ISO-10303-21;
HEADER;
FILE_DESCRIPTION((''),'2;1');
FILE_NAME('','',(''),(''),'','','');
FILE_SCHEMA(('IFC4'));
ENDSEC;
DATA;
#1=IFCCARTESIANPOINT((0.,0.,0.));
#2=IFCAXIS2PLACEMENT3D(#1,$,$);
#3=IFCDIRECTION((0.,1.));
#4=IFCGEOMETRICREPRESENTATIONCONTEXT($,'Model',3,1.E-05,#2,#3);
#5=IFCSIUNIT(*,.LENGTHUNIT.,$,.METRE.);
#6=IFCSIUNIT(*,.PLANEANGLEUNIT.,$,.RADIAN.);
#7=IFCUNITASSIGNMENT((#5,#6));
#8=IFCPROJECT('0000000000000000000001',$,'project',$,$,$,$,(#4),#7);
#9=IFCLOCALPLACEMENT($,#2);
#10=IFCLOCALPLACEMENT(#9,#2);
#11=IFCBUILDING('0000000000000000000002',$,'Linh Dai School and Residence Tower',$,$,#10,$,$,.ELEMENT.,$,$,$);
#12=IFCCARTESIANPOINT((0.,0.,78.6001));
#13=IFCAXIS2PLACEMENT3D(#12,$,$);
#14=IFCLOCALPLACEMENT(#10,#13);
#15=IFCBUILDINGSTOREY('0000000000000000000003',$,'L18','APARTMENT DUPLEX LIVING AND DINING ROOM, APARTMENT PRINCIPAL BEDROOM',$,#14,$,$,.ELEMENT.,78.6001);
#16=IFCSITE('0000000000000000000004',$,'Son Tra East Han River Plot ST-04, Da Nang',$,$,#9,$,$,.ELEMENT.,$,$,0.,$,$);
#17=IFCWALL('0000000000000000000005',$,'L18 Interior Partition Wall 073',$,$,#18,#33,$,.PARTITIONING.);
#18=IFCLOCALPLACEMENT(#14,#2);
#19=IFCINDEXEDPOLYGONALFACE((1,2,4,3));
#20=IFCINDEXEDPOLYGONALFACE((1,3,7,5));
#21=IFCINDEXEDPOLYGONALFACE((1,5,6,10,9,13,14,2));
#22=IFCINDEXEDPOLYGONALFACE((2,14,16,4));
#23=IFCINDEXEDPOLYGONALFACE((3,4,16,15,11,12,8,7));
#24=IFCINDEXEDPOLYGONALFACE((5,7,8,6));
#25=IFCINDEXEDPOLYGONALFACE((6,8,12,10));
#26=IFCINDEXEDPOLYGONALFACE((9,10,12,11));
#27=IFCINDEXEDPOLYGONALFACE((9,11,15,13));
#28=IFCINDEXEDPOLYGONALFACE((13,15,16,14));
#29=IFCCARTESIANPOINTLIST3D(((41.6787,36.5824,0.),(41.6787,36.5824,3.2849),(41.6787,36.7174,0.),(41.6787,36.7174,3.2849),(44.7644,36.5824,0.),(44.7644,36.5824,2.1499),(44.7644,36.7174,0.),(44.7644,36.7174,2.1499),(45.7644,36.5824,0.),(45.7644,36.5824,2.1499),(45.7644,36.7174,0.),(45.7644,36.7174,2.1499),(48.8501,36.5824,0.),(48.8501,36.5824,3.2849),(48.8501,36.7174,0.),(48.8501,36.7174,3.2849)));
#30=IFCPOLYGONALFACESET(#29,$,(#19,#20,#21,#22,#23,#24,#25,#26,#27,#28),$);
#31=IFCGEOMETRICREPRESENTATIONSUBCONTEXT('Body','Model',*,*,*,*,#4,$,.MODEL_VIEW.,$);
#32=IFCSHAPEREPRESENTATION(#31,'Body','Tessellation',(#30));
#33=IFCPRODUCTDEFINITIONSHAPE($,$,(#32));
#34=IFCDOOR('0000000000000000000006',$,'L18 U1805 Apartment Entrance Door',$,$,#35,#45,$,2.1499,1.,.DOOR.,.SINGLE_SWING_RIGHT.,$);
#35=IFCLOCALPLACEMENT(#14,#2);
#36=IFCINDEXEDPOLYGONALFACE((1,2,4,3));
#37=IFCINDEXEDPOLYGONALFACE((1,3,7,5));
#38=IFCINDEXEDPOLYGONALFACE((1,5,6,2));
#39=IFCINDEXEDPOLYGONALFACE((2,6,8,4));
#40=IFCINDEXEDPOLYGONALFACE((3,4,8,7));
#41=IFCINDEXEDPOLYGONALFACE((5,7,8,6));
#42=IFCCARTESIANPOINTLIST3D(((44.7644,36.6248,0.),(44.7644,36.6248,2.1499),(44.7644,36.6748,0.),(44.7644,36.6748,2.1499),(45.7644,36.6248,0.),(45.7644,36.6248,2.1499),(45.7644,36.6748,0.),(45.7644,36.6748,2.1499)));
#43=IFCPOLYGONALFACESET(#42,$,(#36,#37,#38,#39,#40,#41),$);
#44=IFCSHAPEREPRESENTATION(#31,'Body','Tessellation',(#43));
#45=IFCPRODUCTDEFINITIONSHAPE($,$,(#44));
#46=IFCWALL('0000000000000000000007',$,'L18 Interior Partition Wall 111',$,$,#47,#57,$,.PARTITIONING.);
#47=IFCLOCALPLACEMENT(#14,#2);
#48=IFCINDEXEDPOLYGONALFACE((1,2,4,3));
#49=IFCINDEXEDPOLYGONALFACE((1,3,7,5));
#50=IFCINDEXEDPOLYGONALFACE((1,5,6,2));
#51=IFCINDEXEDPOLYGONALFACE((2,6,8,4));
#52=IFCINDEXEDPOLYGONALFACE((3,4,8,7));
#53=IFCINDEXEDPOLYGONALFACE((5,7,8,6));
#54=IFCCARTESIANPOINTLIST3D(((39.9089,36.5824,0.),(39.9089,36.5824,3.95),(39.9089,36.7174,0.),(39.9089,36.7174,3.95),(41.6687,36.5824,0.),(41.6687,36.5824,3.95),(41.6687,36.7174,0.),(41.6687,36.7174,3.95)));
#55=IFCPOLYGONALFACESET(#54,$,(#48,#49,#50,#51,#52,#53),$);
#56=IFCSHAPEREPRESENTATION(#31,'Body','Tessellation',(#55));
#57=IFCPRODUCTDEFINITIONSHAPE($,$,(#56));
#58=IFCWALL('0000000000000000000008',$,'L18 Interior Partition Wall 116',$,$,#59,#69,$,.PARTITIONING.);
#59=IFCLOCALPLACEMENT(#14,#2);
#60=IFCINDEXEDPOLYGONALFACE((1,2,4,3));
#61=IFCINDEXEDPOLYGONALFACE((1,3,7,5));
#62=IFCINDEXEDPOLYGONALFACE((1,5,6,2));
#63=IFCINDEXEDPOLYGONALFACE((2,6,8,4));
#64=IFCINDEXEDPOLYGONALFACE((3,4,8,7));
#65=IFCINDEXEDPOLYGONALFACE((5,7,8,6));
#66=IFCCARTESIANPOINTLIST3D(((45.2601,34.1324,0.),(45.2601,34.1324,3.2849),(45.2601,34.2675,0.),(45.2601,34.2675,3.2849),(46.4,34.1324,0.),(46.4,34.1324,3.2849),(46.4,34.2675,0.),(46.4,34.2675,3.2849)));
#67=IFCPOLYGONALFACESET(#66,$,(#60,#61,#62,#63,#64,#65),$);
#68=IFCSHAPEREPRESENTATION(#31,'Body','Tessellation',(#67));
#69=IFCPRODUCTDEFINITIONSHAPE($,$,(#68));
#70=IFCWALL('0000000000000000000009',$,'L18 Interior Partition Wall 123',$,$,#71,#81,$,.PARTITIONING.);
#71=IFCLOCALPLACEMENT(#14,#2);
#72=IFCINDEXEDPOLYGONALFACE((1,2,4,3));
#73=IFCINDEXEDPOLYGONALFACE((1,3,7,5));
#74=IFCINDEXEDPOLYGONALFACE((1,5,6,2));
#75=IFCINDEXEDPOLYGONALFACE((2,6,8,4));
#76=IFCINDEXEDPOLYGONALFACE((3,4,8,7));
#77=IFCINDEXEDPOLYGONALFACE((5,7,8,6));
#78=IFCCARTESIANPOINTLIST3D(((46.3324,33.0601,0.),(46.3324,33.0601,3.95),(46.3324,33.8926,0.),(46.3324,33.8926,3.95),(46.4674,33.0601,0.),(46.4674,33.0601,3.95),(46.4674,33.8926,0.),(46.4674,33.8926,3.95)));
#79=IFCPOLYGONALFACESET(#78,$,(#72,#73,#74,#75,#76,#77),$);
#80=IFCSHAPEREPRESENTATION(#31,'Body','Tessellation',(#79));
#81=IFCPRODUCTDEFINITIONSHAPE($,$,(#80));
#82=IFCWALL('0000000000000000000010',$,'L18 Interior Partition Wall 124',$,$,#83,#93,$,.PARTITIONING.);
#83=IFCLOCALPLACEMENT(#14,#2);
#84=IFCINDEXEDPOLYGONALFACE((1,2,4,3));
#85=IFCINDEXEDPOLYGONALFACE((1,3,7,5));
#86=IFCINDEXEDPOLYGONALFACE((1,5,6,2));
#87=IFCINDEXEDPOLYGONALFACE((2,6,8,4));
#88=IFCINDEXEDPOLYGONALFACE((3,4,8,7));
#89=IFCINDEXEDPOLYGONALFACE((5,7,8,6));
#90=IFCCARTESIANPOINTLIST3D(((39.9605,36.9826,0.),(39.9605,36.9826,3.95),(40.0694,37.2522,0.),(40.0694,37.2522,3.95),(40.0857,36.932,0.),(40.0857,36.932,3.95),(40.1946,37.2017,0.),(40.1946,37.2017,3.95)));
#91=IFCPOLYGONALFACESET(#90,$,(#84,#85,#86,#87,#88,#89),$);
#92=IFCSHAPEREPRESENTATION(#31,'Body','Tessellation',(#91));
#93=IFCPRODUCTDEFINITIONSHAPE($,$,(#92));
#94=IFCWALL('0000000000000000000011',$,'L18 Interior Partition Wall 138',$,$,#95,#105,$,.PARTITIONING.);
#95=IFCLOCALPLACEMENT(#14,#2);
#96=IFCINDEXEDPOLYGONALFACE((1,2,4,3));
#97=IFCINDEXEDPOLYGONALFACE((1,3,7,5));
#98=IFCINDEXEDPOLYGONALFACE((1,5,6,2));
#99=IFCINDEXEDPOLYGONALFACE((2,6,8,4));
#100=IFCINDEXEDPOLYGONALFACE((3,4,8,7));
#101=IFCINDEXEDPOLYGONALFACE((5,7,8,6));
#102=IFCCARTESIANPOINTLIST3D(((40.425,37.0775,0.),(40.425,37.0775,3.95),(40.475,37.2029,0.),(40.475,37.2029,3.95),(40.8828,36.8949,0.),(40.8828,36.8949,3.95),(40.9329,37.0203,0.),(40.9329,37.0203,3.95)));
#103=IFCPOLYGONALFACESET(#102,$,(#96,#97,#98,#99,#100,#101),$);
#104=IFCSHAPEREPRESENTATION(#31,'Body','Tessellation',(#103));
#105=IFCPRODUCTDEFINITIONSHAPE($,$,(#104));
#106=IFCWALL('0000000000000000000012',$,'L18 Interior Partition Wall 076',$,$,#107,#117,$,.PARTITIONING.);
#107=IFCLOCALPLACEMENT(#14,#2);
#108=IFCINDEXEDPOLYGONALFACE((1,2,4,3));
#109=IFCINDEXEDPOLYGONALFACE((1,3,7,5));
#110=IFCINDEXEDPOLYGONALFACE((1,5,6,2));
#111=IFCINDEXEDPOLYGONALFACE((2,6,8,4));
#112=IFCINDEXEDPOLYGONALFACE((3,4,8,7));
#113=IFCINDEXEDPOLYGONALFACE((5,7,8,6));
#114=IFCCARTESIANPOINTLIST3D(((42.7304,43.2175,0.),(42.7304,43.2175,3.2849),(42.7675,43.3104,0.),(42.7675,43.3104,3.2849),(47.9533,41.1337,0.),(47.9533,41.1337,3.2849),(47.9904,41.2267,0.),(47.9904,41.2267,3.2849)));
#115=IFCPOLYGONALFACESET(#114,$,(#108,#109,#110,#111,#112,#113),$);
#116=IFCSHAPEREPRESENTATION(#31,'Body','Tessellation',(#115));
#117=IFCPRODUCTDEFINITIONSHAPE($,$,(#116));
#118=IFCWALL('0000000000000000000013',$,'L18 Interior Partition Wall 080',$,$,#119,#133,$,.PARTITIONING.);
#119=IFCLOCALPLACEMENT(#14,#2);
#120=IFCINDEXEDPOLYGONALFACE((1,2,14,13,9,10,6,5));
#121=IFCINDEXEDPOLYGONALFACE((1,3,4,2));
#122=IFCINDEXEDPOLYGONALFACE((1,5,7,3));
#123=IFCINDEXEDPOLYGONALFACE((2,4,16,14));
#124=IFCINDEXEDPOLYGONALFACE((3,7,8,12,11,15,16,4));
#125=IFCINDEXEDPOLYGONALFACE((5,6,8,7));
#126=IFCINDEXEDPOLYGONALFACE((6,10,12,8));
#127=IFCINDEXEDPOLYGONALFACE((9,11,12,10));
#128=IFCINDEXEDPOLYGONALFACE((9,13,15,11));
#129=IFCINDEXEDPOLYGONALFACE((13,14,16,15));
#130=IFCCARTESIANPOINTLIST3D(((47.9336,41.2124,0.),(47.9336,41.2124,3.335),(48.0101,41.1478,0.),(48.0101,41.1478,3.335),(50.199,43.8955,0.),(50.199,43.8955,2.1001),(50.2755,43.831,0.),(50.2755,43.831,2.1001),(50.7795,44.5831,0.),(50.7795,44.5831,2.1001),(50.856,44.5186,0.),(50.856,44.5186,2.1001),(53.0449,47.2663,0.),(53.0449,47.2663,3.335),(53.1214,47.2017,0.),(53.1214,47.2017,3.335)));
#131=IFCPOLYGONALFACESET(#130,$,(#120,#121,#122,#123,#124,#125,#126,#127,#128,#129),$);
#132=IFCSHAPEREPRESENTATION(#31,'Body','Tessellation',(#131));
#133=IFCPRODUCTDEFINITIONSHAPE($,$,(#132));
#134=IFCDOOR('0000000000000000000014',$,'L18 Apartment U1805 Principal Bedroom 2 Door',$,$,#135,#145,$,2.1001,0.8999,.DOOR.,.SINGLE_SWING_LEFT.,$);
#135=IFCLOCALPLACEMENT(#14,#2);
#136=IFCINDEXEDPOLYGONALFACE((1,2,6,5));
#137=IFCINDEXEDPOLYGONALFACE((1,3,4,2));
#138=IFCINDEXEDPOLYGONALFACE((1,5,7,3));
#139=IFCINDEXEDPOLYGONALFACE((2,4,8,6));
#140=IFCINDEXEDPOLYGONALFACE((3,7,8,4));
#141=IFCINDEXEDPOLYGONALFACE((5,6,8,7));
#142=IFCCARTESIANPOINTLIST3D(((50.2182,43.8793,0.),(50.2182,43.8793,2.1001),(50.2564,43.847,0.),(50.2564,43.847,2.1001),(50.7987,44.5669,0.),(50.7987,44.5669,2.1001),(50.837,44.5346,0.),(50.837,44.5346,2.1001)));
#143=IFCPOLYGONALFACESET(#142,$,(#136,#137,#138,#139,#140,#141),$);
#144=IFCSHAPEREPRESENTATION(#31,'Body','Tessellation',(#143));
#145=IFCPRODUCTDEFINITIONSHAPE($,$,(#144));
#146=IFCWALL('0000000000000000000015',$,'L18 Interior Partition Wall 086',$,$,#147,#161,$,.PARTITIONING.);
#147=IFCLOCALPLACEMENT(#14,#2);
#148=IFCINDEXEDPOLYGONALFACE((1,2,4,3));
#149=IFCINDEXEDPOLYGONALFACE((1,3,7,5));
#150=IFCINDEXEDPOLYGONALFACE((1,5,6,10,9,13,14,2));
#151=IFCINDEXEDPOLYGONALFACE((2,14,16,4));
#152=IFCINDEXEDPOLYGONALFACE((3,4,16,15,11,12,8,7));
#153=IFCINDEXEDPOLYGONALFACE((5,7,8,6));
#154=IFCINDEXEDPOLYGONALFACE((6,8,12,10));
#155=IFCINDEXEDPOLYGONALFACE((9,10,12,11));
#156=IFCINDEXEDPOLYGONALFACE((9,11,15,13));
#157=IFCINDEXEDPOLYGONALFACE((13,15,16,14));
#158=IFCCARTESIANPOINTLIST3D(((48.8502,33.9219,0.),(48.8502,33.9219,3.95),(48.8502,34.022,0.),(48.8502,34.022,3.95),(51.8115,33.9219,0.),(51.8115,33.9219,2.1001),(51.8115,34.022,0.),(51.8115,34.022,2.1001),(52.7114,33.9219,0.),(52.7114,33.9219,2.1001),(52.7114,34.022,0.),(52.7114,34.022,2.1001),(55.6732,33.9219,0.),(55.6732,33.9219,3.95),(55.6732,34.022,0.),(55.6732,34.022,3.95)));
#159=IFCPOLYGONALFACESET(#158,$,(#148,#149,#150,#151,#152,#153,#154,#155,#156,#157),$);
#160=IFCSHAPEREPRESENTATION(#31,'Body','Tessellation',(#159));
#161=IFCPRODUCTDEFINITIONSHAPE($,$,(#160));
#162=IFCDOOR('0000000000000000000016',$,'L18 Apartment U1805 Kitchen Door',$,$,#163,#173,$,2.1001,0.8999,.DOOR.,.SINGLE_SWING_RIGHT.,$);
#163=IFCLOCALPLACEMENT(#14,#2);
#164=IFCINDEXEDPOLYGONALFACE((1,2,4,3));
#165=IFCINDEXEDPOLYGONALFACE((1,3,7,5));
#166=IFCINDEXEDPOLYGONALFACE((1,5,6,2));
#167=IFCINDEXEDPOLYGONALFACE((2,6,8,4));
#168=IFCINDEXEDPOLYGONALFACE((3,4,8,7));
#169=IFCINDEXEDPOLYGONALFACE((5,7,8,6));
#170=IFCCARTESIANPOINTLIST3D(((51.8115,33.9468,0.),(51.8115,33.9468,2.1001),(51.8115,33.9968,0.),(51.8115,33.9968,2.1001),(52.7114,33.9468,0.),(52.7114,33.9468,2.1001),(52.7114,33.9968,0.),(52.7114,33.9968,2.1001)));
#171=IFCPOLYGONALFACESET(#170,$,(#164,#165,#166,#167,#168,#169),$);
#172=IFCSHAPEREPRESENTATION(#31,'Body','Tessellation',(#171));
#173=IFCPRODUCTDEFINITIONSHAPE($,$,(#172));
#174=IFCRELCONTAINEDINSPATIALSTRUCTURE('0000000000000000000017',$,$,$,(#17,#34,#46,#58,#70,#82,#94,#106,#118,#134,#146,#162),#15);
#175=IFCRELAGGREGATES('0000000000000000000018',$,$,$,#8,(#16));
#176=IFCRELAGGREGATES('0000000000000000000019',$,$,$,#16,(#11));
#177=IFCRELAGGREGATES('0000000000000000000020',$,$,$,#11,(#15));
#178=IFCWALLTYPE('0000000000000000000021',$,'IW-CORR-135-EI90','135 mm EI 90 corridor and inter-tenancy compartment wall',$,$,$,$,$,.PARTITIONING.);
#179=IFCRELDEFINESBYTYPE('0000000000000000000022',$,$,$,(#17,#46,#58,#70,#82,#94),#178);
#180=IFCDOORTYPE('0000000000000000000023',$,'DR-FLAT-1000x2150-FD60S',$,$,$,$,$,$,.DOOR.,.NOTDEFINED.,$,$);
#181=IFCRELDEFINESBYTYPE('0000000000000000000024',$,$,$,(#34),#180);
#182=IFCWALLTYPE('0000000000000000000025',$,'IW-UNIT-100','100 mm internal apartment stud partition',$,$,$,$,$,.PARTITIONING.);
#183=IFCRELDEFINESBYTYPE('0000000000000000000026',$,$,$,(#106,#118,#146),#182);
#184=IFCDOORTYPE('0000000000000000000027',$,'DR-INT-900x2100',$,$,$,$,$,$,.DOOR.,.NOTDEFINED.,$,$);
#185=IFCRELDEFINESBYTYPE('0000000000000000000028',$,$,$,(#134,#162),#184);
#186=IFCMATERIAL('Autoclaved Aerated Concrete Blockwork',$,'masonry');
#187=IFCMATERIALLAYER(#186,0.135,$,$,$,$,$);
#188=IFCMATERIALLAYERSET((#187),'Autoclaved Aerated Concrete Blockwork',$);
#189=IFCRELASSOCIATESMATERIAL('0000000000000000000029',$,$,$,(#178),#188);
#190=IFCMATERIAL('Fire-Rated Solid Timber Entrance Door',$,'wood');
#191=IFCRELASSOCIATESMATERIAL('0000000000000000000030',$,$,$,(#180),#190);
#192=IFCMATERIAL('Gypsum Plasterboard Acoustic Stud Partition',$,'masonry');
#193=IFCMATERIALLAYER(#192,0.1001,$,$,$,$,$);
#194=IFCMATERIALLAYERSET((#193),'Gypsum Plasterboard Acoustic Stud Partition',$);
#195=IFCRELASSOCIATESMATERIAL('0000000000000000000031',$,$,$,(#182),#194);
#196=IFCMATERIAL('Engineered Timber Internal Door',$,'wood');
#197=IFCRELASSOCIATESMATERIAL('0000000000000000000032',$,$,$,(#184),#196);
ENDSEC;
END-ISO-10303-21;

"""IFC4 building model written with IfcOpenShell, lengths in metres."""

from ifc_helpers import new_model, si_unit, direction, frame, frame_2d, origin, origin_2d, place, context, subcontext, project, spatial, rectangle, extrude, source, transform, mapped, material, layer, layer_set, type_object, element, fill, save


model = new_model("IFC4")

# Units and contexts
model_context = context("Model", 3, precision=1e-05, world=origin(), true_north=direction((0.0, 1.0)))
body_context = subcontext(model_context, "Body", "Model", "MODEL_VIEW")
ifc_project = project(units=[si_unit("LENGTHUNIT", "METRE"), si_unit("PLANEANGLEUNIT", "RADIAN")], contexts=[model_context])

# Site, building, storey
site_placement = place(None, origin())
site = spatial("IfcSite", under=ifc_project, at=site_placement, Name="Son Tra East Han River Plot ST-04, Da Nang", CompositionType="ELEMENT", RefElevation=0.0)
building_placement = place(site_placement, origin())
building = spatial("IfcBuilding", under=site, at=building_placement, Name="Linh Dai School and Residence Tower", CompositionType="ELEMENT")
storey_placement = place(building_placement, frame((0.0, 0.0, 78.6001)))
storey = spatial("IfcBuildingStorey", under=building, at=storey_placement, Name="L18", Description="APARTMENT DUPLEX LIVING AND DINING ROOM, APARTMENT PRINCIPAL BEDROOM", CompositionType="ELEMENT", Elevation=78.6001)

# Shared definitions
ifc_material_1 = material(Name="Autoclaved Aerated Concrete Blockwork", Category="masonry")
ifc_layer_1 = layer(ifc_material_1, 0.135)
ifc_layer_set_1 = layer_set([ifc_layer_1], Name="Autoclaved Aerated Concrete Blockwork")
wall_type_1 = type_object("IfcWallType", Name="IW-CORR-135-EI90", Description="135 mm EI 90 corridor and inter-tenancy compartment wall", PredefinedType="PARTITIONING", material=ifc_layer_set_1)

# Wall, opening, door
wall_1_placement = place(storey_placement, frame((41.6787, 36.6499, 0.0), z_axis=(0.0, 0.0, 1.0), x_axis=(1.0, 0.0, 0.0)))
wall_1 = element("IfcWall", 1, at=wall_1_placement, inside=storey, type_object=wall_type_1, Name="L18 Interior Partition Wall 073", PredefinedType="PARTITIONING", context=body_context, shape_type="SweptSolid", body=[
    extrude(rectangle(XDim=7.1714, YDim=0.135, at=frame_2d((3.5857, 0.0))), origin(), (0.0, 0.0, 1.0), 3.2849),
])
opening_1_placement = place(wall_1_placement, frame((3.0857, 0.0, 0.0)))
opening_1 = element("IfcOpeningElement", 2, at=opening_1_placement, cuts=wall_1, PredefinedType="OPENING", context=body_context, shape_type="SweptSolid", body=[
    extrude(rectangle(XDim=1.0, YDim=2.1499, at=origin_2d()), frame((0.5, 0.0776, 1.075), z_axis=(0.0, -1.0, 0.0), x_axis=(1.0, 0.0, 0.0)), (0.0, 0.0, 1.0), 0.155),
])
ifc_material_2 = material(Name="Fire-Rated Solid Timber Entrance Door", Category="wood")
door_type_1 = type_object("IfcDoorType", Name="DR-FLAT-1000x2150-FD60S", OperationType="NOTDEFINED", PredefinedType="DOOR", material=ifc_material_2)
shared_shape_1 = source(origin(), body_context, "Body", "SweptSolid", [
    extrude(rectangle(XDim=1.0, YDim=2.1499, at=origin_2d()), frame((0.5, 0.0249, 1.075), z_axis=(0.0, -1.0, 0.0), x_axis=(1.0, 0.0, 0.0)), (0.0, 0.0, 1.0), 0.05),
])
door_1_placement = place(opening_1_placement, origin())
door_1 = element("IfcDoor", 3, at=door_1_placement, inside=storey, type_object=door_type_1, Name="L18 U1805 Apartment Entrance Door", OperationType="SINGLE_SWING_RIGHT", OverallHeight=2.1499, OverallWidth=1.0, PredefinedType="DOOR", context=body_context, shape_type="MappedRepresentation", body=[
    mapped(shared_shape_1, transform((0.0, 0.0, 0.0), x_axis=(1.0, 0.0, 0.0), y_axis=(0.0, 1.0, 0.0), z_axis=(0.0, 0.0, 1.0), scale=1.0)),
])
fill(opening_1, door_1)

# Walls
wall_2_placement = place(storey_placement, frame((39.9089, 36.6499, 0.0), z_axis=(0.0, 0.0, 1.0), x_axis=(1.0, 0.0, 0.0)))
element("IfcWall", 4, at=wall_2_placement, inside=storey, type_object=wall_type_1, Name="L18 Interior Partition Wall 111", PredefinedType="PARTITIONING", context=body_context, shape_type="SweptSolid", body=[
    extrude(rectangle(XDim=1.7598, YDim=0.135, at=frame_2d((0.8799, 0.0))), origin(), (0.0, 0.0, 1.0), 3.95),
])
wall_3_placement = place(storey_placement, frame((46.3999, 34.2, 0.0), z_axis=(0.0, 0.0, 1.0), x_axis=(-1.0, 0.0, 0.0)))
element("IfcWall", 5, at=wall_3_placement, inside=storey, type_object=wall_type_1, Name="L18 Interior Partition Wall 116", PredefinedType="PARTITIONING", context=body_context, shape_type="SweptSolid", body=[
    extrude(rectangle(XDim=1.1399, YDim=0.135, at=frame_2d((0.5698, 0.0))), origin(), (0.0, 0.0, 1.0), 3.2849),
])
wall_4_placement = place(storey_placement, frame((46.3999, 33.0601, 0.0), z_axis=(0.0, 0.0, 1.0), x_axis=(0.0, 1.0, 0.0)))
element("IfcWall", 6, at=wall_4_placement, inside=storey, type_object=wall_type_1, Name="L18 Interior Partition Wall 123", PredefinedType="PARTITIONING", context=body_context, shape_type="SweptSolid", body=[
    extrude(rectangle(XDim=0.8325, YDim=0.135, at=frame_2d((0.4163, 0.0))), origin(), (0.0, 0.0, 1.0), 3.95),
])
wall_5_placement = place(storey_placement, frame((40.1321, 37.2271, 0.0), z_axis=(0.0, 0.0, 1.0), x_axis=(-0.374574, -0.927197, 0.0)))
element("IfcWall", 7, at=wall_5_placement, inside=storey, type_object=wall_type_1, Name="L18 Interior Partition Wall 124", PredefinedType="PARTITIONING", context=body_context, shape_type="SweptSolid", body=[
    extrude(rectangle(XDim=0.2908, YDim=0.135, at=frame_2d((0.1455, 0.0))), origin(), (0.0, 0.0, 1.0), 3.95),
])
wall_6_placement = place(storey_placement, frame((40.908, 36.9575, 0.0), z_axis=(0.0, 0.0, 1.0), x_axis=(-0.928818, 0.370536, 0.0)))
element("IfcWall", 8, at=wall_6_placement, inside=storey, type_object=wall_type_1, Name="L18 Interior Partition Wall 138", PredefinedType="PARTITIONING", context=body_context, shape_type="SweptSolid", body=[
    extrude(rectangle(XDim=0.4929, YDim=0.135, at=frame_2d((0.2466, 0.0))), origin(), (0.0, 0.0, 1.0), 3.95),
])
ifc_material_3 = material(Name="Gypsum Plasterboard Acoustic Stud Partition", Category="masonry")
ifc_layer_2 = layer(ifc_material_3, 0.1001)
ifc_layer_set_2 = layer_set([ifc_layer_2], Name="Gypsum Plasterboard Acoustic Stud Partition")
wall_type_2 = type_object("IfcWallType", Name="IW-UNIT-100", Description="100 mm internal apartment stud partition", PredefinedType="PARTITIONING", material=ifc_layer_set_2)
wall_7_placement = place(storey_placement, frame((42.749, 43.2639, 0.0), z_axis=(0.0, 0.0, 1.0), x_axis=(0.928809, -0.37056, 0.0)))
element("IfcWall", 9, at=wall_7_placement, inside=storey, type_object=wall_type_2, Name="L18 Interior Partition Wall 076", PredefinedType="PARTITIONING", context=body_context, shape_type="SweptSolid", body=[
    extrude(rectangle(XDim=5.6233, YDim=0.1001, at=frame_2d((2.8115, 0.0))), origin(), (0.0, 0.0, 1.0), 3.2849),
])

# Walls, openings, doors
wall_8_placement = place(storey_placement, frame((47.9719, 41.1802, 0.0), z_axis=(0.0, 0.0, 1.0), x_axis=(0.645114, 0.764086, 0.0)))
wall_8 = element("IfcWall", 10, at=wall_8_placement, inside=storey, type_object=wall_type_2, Name="L18 Interior Partition Wall 080", PredefinedType="PARTITIONING", context=body_context, shape_type="SweptSolid", body=[
    extrude(rectangle(XDim=7.9231, YDim=0.1001, at=frame_2d((3.9614, 0.0))), origin(), (0.0, 0.0, 1.0), 3.335),
])
opening_2_placement = place(wall_8_placement, frame((3.5115, 0.0, 0.0)))
opening_2 = element("IfcOpeningElement", 11, at=opening_2_placement, cuts=wall_8, PredefinedType="OPENING", context=body_context, shape_type="SweptSolid", body=[
    extrude(rectangle(XDim=0.8999, YDim=2.1001, at=origin_2d()), frame((0.45, 0.0601, 1.05), z_axis=(0.0, -1.0, 0.0), x_axis=(1.0, 0.0, 0.0)), (0.0, 0.0, 1.0), 0.1201),
])
ifc_material_4 = material(Name="Engineered Timber Internal Door", Category="wood")
door_type_2 = type_object("IfcDoorType", Name="DR-INT-900x2100", OperationType="NOTDEFINED", PredefinedType="DOOR", material=ifc_material_4)
shared_shape_2 = source(origin(), body_context, "Body", "SweptSolid", [
    extrude(rectangle(XDim=0.8999, YDim=2.1001, at=origin_2d()), frame((0.45, 0.0249, 1.05), z_axis=(0.0, -1.0, 0.0), x_axis=(1.0, 0.0, 0.0)), (0.0, 0.0, 1.0), 0.05),
])
door_2_placement = place(opening_2_placement, origin())
door_2 = element("IfcDoor", 12, at=door_2_placement, inside=storey, type_object=door_type_2, Name="L18 Apartment U1805 Principal Bedroom 2 Door", OperationType="SINGLE_SWING_LEFT", OverallHeight=2.1001, OverallWidth=0.8999, PredefinedType="DOOR", context=body_context, shape_type="MappedRepresentation", body=[
    mapped(shared_shape_2, transform((0.0, 0.0, 0.0), x_axis=(1.0, 0.0, 0.0), y_axis=(0.0, 1.0, 0.0), z_axis=(0.0, 0.0, 1.0), scale=1.0)),
])
fill(opening_2, door_2)
wall_9_placement = place(storey_placement, frame((48.8501, 33.9719, 0.0), z_axis=(0.0, 0.0, 1.0), x_axis=(1.0, 0.0, 0.0)))
wall_9 = element("IfcWall", 13, at=wall_9_placement, inside=storey, type_object=wall_type_2, Name="L18 Interior Partition Wall 086", PredefinedType="PARTITIONING", context=body_context, shape_type="SweptSolid", body=[
    extrude(rectangle(XDim=6.823, YDim=0.1001, at=frame_2d((3.4116, 0.0))), origin(), (0.0, 0.0, 1.0), 3.95),
])
opening_3_placement = place(wall_9_placement, frame((2.9614, 0.0, 0.0)))
opening_3 = element("IfcOpeningElement", 14, at=opening_3_placement, cuts=wall_9, PredefinedType="OPENING", context=body_context, shape_type="SweptSolid", body=[
    extrude(rectangle(XDim=0.8999, YDim=2.1001, at=origin_2d()), frame((0.45, 0.0601, 1.05), z_axis=(0.0, -1.0, 0.0), x_axis=(1.0, 0.0, 0.0)), (0.0, 0.0, 1.0), 0.1201),
])
door_3_placement = place(opening_3_placement, origin())
door_3 = element("IfcDoor", 15, at=door_3_placement, inside=storey, type_object=door_type_2, Name="L18 Apartment U1805 Kitchen Door", OperationType="SINGLE_SWING_RIGHT", OverallHeight=2.1001, OverallWidth=0.8999, PredefinedType="DOOR", context=body_context, shape_type="MappedRepresentation", body=[
    mapped(shared_shape_2, transform((0.0, 0.0, 0.0), x_axis=(1.0, 0.0, 0.0), y_axis=(0.0, 1.0, 0.0), z_axis=(0.0, 0.0, 1.0), scale=1.0)),
])
fill(opening_3, door_3)

save(model, "model.ifc")
